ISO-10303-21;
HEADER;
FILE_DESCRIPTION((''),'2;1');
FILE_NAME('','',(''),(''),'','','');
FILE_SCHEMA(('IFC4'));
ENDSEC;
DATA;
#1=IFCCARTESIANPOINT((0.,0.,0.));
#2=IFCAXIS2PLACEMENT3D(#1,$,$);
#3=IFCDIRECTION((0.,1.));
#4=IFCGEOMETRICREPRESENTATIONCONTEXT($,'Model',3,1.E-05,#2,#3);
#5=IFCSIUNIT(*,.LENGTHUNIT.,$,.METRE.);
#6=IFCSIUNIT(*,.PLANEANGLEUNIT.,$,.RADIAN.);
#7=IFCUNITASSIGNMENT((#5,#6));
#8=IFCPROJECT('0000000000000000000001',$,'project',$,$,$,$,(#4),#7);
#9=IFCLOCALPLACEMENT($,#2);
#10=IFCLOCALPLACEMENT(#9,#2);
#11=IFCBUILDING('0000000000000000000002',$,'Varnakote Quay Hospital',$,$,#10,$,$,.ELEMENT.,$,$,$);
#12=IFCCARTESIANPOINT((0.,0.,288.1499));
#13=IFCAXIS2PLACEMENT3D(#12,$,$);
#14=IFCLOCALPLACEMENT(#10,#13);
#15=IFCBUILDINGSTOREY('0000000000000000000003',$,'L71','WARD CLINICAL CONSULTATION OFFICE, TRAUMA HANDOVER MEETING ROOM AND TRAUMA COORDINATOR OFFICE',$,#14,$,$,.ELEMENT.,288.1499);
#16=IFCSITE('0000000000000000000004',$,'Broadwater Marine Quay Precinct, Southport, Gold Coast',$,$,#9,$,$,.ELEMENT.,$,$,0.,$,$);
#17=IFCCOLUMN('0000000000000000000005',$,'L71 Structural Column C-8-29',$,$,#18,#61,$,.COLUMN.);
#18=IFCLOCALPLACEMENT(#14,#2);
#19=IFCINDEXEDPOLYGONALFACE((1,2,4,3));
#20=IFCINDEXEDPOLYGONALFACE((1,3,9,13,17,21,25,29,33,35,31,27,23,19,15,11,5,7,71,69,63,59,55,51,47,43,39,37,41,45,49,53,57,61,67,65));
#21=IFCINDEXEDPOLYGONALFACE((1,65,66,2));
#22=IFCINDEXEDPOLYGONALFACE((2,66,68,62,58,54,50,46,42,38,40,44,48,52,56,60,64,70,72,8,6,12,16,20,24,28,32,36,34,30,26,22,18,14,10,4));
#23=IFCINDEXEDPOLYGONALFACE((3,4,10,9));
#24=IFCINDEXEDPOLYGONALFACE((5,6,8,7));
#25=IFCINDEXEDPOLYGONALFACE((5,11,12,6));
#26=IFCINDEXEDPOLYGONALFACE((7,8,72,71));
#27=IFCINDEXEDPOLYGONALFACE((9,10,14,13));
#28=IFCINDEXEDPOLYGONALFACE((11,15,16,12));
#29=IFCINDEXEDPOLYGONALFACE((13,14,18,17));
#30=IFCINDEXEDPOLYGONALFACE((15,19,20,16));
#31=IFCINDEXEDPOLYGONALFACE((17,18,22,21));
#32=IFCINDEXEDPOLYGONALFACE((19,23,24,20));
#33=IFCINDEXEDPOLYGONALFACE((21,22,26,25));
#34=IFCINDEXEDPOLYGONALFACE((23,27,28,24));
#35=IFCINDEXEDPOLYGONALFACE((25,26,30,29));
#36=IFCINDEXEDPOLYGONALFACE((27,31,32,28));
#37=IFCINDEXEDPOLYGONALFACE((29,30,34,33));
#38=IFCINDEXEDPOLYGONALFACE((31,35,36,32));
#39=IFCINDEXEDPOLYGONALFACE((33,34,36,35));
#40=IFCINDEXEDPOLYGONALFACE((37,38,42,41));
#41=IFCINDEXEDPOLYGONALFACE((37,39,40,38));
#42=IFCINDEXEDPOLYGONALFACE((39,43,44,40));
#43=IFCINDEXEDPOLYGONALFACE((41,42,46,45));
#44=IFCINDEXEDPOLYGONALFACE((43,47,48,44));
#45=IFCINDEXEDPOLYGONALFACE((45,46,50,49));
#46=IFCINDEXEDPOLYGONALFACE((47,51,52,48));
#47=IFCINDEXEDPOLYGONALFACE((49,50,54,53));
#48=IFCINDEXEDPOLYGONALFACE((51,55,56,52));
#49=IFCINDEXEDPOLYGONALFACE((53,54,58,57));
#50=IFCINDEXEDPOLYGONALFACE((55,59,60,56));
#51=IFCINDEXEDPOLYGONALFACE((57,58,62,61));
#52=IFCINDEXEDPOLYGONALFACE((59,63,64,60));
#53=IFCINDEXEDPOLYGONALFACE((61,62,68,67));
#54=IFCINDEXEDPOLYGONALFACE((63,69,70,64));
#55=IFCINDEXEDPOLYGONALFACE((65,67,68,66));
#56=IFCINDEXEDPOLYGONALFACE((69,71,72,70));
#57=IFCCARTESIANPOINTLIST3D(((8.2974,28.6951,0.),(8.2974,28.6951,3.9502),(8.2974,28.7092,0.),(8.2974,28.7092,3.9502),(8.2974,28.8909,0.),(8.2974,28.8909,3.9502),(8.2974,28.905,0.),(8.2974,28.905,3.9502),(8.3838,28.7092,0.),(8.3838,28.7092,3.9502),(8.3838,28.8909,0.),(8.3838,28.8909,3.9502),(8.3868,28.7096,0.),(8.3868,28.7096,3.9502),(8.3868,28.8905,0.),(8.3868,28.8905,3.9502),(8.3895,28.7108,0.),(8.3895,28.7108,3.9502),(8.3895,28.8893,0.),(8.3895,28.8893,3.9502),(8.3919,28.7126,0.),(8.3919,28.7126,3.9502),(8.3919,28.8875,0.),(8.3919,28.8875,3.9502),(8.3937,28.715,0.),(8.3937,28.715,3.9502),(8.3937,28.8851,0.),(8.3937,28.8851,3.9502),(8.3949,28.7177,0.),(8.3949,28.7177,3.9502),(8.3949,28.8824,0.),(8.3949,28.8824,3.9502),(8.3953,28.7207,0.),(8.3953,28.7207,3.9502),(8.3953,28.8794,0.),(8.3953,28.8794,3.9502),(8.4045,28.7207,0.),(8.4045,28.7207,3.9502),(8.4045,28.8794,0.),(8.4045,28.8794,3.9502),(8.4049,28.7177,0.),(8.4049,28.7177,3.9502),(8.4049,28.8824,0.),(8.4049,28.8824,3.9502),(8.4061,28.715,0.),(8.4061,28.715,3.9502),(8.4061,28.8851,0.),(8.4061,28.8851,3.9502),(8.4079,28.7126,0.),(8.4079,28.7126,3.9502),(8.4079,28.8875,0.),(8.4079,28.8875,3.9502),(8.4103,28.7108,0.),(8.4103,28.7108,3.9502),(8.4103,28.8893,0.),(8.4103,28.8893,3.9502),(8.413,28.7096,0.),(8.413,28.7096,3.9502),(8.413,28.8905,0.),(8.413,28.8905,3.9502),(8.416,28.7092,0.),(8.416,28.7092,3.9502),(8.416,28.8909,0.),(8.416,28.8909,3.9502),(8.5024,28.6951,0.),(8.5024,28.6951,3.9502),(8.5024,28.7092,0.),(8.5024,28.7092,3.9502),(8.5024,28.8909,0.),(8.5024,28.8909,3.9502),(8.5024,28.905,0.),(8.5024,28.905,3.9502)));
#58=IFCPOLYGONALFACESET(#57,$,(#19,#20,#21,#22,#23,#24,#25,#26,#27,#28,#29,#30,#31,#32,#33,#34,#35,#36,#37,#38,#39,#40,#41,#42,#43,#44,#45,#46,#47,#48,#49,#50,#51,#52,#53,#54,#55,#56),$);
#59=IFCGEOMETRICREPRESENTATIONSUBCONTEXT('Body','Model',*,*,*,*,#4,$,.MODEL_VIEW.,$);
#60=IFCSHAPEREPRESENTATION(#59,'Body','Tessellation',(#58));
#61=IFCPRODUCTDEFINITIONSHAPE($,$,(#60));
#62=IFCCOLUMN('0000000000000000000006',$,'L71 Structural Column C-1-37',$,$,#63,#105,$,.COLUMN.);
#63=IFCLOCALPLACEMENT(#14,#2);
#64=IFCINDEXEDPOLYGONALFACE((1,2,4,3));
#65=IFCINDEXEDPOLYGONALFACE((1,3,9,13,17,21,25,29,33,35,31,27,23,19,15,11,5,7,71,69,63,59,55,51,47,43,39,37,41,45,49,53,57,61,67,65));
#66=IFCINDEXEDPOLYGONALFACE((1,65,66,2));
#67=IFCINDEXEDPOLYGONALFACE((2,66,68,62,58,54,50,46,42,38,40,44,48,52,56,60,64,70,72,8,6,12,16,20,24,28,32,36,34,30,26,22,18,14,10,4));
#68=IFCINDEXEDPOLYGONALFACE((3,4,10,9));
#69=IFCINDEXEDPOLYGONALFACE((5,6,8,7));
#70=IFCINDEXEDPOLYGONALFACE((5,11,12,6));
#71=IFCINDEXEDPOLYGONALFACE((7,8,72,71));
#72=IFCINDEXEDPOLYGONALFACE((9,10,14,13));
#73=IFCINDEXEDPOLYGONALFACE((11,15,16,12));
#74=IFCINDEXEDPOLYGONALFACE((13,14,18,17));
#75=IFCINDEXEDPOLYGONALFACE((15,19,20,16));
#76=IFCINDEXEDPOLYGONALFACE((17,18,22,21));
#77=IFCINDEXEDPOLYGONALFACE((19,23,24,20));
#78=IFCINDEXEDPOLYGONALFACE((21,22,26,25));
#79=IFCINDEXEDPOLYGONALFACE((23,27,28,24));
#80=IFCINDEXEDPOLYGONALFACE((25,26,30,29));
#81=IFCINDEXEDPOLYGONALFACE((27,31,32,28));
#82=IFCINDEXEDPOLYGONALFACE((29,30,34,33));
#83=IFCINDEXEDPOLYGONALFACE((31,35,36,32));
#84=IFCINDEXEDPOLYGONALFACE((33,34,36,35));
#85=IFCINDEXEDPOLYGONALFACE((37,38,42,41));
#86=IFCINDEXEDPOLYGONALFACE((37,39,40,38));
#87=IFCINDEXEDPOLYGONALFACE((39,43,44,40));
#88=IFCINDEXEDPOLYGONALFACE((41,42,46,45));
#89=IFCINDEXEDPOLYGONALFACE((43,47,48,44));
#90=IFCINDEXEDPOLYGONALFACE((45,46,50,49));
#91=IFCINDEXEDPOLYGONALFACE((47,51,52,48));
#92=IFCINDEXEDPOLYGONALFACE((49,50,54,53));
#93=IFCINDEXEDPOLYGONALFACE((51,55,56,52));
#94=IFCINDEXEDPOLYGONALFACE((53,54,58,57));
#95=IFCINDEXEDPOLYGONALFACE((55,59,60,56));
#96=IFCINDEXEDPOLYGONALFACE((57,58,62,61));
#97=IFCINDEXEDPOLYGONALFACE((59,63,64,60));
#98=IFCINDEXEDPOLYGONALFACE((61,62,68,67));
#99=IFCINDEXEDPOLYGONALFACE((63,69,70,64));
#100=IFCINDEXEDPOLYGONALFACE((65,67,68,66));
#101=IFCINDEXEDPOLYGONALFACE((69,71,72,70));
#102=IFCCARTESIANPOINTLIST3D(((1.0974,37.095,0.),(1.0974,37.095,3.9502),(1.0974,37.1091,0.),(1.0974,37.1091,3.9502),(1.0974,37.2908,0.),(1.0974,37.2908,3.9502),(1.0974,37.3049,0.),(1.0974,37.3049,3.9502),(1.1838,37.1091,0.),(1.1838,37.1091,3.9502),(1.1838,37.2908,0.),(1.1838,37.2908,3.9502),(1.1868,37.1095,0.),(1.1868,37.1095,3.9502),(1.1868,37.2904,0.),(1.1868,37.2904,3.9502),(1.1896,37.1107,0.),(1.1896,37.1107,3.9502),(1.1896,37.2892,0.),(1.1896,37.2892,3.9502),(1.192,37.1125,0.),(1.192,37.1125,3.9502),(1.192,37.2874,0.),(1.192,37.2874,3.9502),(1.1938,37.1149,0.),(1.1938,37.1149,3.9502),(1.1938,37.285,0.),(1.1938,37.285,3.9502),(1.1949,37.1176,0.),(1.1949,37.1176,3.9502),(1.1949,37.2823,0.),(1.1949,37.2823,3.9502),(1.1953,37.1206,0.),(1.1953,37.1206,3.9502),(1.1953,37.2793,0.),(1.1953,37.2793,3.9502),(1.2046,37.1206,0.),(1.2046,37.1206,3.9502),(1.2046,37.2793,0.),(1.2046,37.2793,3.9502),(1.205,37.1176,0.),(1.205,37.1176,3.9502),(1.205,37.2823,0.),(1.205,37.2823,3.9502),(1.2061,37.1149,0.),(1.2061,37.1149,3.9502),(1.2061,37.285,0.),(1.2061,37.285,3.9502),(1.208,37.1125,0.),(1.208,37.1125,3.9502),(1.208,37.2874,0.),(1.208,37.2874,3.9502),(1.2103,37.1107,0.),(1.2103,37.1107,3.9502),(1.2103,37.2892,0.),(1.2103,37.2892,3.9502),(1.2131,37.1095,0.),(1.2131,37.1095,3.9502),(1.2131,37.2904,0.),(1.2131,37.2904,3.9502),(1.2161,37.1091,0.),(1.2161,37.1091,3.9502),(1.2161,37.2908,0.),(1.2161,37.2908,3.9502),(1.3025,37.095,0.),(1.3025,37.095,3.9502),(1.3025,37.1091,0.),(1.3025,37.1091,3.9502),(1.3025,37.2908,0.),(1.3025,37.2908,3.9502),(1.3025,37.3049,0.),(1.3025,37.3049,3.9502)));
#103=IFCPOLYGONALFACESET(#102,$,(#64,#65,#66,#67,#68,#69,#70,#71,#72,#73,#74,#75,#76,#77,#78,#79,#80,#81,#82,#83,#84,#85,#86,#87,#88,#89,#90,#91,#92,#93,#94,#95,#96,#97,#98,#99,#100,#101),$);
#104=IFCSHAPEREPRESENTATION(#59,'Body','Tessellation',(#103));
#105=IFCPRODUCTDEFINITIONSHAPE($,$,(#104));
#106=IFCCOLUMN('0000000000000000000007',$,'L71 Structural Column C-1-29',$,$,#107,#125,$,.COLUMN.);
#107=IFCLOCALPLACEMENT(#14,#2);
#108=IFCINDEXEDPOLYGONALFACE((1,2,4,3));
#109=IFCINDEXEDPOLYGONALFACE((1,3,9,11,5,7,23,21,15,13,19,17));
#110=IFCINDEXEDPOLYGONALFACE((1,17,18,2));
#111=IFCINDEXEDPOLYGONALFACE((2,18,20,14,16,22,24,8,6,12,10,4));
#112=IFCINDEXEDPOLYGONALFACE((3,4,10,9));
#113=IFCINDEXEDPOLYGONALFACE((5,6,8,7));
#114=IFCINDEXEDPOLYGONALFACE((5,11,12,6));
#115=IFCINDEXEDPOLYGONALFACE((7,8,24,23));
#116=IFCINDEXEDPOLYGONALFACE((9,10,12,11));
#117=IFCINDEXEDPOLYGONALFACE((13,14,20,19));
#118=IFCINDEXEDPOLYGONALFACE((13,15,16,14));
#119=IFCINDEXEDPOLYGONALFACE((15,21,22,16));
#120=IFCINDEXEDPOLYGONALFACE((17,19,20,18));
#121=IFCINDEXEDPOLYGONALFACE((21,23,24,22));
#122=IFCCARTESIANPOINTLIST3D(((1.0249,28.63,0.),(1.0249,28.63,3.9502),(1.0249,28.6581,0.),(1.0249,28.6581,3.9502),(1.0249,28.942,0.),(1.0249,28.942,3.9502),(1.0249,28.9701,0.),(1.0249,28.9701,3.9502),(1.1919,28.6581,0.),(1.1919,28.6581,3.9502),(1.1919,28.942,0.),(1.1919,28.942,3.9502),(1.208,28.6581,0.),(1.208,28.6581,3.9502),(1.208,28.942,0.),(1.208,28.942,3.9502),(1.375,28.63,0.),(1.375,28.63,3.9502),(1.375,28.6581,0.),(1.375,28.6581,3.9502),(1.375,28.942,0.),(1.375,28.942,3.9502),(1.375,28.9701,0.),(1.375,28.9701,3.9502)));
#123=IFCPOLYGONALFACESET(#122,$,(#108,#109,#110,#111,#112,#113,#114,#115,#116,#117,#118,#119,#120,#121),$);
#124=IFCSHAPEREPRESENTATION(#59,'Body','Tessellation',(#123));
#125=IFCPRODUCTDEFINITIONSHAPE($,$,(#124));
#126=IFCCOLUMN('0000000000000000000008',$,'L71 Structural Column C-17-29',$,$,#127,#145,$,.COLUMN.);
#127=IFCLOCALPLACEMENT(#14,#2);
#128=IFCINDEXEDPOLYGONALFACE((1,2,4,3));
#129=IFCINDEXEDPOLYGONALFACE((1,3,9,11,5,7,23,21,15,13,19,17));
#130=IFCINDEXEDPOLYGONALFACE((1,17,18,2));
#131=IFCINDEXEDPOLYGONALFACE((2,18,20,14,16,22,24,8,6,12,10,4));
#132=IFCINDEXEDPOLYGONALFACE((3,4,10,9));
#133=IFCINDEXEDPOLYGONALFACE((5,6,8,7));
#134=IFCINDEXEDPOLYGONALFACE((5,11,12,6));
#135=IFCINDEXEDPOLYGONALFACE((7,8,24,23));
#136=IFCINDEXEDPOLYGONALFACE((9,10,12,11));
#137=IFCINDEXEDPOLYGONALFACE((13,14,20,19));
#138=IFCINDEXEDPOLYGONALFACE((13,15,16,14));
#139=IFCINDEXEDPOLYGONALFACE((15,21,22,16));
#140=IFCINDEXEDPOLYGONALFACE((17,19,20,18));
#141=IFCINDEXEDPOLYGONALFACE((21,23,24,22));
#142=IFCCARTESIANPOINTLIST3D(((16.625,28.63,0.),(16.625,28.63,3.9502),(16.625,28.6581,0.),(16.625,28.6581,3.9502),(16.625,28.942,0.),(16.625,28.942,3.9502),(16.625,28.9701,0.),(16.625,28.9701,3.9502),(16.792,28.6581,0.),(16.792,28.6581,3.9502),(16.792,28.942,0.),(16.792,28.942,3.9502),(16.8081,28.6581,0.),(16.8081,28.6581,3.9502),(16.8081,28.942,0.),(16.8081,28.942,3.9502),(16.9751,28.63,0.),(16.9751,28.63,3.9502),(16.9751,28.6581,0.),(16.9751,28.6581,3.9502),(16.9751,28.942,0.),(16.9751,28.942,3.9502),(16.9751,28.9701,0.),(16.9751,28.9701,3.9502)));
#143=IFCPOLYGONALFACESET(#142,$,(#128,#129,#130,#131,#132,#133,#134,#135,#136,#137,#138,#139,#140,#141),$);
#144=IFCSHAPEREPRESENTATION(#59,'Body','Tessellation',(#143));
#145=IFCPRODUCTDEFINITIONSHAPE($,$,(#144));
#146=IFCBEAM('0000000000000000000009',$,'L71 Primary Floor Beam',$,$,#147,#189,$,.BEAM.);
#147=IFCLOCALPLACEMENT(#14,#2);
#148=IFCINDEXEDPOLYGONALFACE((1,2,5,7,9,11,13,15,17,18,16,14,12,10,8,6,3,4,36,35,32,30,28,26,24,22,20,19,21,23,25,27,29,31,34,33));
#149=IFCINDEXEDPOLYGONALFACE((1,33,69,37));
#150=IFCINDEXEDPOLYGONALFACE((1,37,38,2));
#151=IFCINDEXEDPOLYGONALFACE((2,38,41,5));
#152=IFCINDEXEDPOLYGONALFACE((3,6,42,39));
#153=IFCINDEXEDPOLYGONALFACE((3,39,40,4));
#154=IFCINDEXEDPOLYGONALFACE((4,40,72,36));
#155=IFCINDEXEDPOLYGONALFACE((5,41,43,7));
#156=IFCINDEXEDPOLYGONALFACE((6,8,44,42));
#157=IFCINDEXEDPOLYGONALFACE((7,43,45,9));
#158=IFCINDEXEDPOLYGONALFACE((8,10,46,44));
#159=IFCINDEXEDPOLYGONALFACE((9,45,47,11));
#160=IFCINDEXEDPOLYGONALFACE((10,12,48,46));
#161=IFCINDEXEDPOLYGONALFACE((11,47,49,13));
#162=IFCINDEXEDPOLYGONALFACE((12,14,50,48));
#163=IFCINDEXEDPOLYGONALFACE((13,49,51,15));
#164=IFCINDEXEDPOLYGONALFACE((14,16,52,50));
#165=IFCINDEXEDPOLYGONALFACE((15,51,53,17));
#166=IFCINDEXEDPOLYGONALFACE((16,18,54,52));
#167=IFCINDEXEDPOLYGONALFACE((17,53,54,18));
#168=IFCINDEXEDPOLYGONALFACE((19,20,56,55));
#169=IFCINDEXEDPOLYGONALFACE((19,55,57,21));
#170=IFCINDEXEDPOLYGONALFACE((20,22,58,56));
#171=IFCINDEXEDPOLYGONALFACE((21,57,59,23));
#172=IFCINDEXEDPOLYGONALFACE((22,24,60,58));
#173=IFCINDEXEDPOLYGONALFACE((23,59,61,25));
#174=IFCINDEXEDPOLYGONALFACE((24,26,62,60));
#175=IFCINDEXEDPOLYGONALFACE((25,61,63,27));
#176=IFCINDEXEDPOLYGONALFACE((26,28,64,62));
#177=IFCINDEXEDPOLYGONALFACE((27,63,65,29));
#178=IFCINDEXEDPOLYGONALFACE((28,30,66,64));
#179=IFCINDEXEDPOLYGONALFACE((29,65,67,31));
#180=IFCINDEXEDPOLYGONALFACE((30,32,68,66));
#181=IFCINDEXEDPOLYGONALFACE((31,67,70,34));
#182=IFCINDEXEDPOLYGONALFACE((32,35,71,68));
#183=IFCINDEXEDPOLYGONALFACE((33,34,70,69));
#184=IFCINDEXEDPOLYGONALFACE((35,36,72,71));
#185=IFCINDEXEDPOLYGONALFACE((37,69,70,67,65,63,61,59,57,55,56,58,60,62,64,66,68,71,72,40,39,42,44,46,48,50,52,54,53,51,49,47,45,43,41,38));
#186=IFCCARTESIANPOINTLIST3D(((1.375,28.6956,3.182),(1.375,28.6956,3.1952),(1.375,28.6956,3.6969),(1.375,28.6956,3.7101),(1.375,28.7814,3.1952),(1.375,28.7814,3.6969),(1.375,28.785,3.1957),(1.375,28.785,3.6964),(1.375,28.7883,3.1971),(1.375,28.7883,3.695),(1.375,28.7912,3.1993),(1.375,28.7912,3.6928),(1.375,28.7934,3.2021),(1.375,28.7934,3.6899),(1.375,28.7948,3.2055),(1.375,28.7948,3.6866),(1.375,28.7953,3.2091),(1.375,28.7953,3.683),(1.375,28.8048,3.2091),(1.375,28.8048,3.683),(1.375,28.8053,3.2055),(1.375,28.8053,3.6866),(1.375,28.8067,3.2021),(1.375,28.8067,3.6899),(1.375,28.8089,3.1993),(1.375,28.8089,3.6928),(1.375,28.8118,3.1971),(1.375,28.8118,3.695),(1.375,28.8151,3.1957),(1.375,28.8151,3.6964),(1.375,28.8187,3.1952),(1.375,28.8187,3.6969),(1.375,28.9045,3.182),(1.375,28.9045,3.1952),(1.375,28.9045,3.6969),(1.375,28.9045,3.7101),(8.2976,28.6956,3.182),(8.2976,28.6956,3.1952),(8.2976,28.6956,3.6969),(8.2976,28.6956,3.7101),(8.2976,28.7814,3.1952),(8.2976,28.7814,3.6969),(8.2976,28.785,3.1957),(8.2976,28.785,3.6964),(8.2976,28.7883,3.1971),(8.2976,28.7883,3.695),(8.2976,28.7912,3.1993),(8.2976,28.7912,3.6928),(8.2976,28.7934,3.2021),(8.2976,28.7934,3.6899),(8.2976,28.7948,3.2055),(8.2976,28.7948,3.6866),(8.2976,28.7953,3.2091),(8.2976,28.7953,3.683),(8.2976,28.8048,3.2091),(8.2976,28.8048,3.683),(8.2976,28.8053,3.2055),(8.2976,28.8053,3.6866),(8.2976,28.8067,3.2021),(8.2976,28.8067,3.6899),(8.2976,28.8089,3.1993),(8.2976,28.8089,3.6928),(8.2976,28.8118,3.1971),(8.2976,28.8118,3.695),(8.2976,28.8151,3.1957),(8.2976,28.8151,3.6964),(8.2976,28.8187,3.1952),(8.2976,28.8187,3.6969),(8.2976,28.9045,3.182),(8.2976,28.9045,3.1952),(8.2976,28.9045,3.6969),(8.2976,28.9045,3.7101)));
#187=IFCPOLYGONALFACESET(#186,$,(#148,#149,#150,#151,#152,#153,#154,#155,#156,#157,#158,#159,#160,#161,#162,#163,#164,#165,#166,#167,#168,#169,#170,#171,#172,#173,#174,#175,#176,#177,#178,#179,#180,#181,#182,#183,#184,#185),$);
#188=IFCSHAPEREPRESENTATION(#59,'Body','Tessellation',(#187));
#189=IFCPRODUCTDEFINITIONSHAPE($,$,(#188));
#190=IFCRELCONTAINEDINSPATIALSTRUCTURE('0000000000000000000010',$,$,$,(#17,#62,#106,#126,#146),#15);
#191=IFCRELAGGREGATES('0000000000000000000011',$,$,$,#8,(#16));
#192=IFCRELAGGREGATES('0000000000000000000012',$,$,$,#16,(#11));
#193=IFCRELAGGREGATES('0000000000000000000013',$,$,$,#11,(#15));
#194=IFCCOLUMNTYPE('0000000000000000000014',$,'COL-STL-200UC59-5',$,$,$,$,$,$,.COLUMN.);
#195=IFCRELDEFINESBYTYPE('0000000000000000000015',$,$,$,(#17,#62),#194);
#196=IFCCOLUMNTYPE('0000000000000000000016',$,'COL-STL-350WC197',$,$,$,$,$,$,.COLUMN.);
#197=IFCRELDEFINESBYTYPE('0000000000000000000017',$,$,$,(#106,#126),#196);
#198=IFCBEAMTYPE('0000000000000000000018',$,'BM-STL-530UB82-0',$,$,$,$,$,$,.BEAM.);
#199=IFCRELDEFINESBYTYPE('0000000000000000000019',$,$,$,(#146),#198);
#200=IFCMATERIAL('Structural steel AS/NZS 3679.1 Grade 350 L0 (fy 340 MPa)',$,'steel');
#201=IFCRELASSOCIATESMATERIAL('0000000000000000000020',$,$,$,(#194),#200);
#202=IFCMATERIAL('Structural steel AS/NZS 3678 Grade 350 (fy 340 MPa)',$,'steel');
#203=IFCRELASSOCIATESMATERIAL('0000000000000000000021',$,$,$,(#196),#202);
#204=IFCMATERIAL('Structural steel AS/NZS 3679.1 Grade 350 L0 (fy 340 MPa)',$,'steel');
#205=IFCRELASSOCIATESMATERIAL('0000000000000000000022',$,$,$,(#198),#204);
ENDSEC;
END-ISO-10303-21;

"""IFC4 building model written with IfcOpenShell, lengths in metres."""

from ifc_helpers import new_model, si_unit, direction, frame, origin, origin_2d, place, context, subcontext, project, spatial, i_section, extrude, material, material_profile, profile_set, type_object, element, save


model = new_model("IFC4")

# Units and contexts
model_context = context("Model", 3, precision=1e-05, world=origin(), true_north=direction((0.0, 1.0)))
body_context = subcontext(model_context, "Body", "Model", "MODEL_VIEW")
ifc_project = project(units=[si_unit("LENGTHUNIT", "METRE"), si_unit("PLANEANGLEUNIT", "RADIAN")], contexts=[model_context])

# Site, building, storey
site_placement = place(None, origin())
site = spatial("IfcSite", under=ifc_project, at=site_placement, Name="Broadwater Marine Quay Precinct, Southport, Gold Coast", CompositionType="ELEMENT", RefElevation=0.0)
building_placement = place(site_placement, origin())
building = spatial("IfcBuilding", under=site, at=building_placement, Name="Varnakote Quay Hospital", CompositionType="ELEMENT")
storey_placement = place(building_placement, frame((0.0, 0.0, 288.1499)))
storey = spatial("IfcBuildingStorey", under=building, at=storey_placement, Name="L71", Description="WARD CLINICAL CONSULTATION OFFICE, TRAUMA HANDOVER MEETING ROOM AND TRAUMA COORDINATOR OFFICE", CompositionType="ELEMENT", Elevation=288.1499)

# Columns
ifc_material_1 = material(Name="Structural steel AS/NZS 3679.1 Grade 350 L0 (fy 340 MPa)", Category="steel")
ifc_material_profile_1 = material_profile(ifc_material_1, i_section(OverallWidth=0.2051, OverallDepth=0.21, WebThickness=0.0093, FlangeThickness=0.0142, FilletRadius=0.0115, at=origin_2d()), Name="200UC59.5")
ifc_profile_set_1 = profile_set([ifc_material_profile_1], Name="Structural steel AS/NZS 3679.1 Grade 350 L0 (fy 340 MPa)")
column_type_1 = type_object("IfcColumnType", Name="COL-STL-200UC59-5", PredefinedType="COLUMN", material=ifc_profile_set_1)
for number, where, z_axis, x_axis, name in (
    (1, (8.3999, 28.8, 0.0), (0.0, 0.0, 1.0), (1.0, 0.0, 0.0), "L71 Structural Column C-8-29"),
    (2, (1.2, 37.2, 0.0), (0.0, 0.0, 1.0), (1.0, 0.0, 0.0), "L71 Structural Column C-1-37"),
):
    element("IfcColumn", number, at=place(storey_placement, frame(where, z_axis=z_axis, x_axis=x_axis)), inside=storey, type_object=column_type_1, Name=name, PredefinedType="COLUMN", context=body_context, shape_type="SweptSolid", body=[
        extrude(i_section(OverallWidth=0.2051, OverallDepth=0.21, WebThickness=0.0093, FlangeThickness=0.0142, FilletRadius=0.0115, at=origin_2d()), origin(), (0.0, 0.0, 1.0), 3.9502),
    ])
ifc_material_2 = material(Name="Structural steel AS/NZS 3678 Grade 350 (fy 340 MPa)", Category="steel")
ifc_material_profile_2 = material_profile(ifc_material_2, i_section(OverallWidth=0.3501, OverallDepth=0.3401, WebThickness=0.0161, FlangeThickness=0.0281, at=origin_2d()), Name="350WC197")
ifc_profile_set_2 = profile_set([ifc_material_profile_2], Name="Structural steel AS/NZS 3678 Grade 350 (fy 340 MPa)")
column_type_2 = type_object("IfcColumnType", Name="COL-STL-350WC197", PredefinedType="COLUMN", material=ifc_profile_set_2)
for number, where, z_axis, x_axis, name in (
    (3, (1.2, 28.8, 0.0), (0.0, 0.0, 1.0), (1.0, 0.0, 0.0), "L71 Structural Column C-1-29"),
    (4, (16.8, 28.8, 0.0), (0.0, 0.0, 1.0), (1.0, 0.0, 0.0), "L71 Structural Column C-17-29"),
):
    element("IfcColumn", number, at=place(storey_placement, frame(where, z_axis=z_axis, x_axis=x_axis)), inside=storey, type_object=column_type_2, Name=name, PredefinedType="COLUMN", context=body_context, shape_type="SweptSolid", body=[
        extrude(i_section(OverallWidth=0.3501, OverallDepth=0.3401, WebThickness=0.0161, FlangeThickness=0.0281, at=origin_2d()), origin(), (0.0, 0.0, 1.0), 3.9502),
    ])

# Beam
ifc_material_3 = material(Name="Structural steel AS/NZS 3679.1 Grade 350 L0 (fy 340 MPa)", Category="steel")
ifc_material_profile_3 = material_profile(ifc_material_3, i_section(OverallWidth=0.209, OverallDepth=0.5281, WebThickness=0.0095, FlangeThickness=0.0132, FilletRadius=0.0139, at=origin_2d()), Name="530UB82.0")
ifc_profile_set_3 = profile_set([ifc_material_profile_3], Name="Structural steel AS/NZS 3679.1 Grade 350 L0 (fy 340 MPa)")
beam_type_1 = type_object("IfcBeamType", Name="BM-STL-530UB82-0", PredefinedType="BEAM", material=ifc_profile_set_3)
beam_1_placement = place(storey_placement, frame((1.375, 28.8, 3.446), z_axis=(1.0, 0.0, 0.0), x_axis=(0.0, 1.0, 0.0)))
element("IfcBeam", 5, at=beam_1_placement, inside=storey, type_object=beam_type_1, Name="L71 Primary Floor Beam", PredefinedType="BEAM", context=body_context, shape_type="SweptSolid", body=[
    extrude(i_section(OverallWidth=0.209, OverallDepth=0.5281, WebThickness=0.0095, FlangeThickness=0.0132, FilletRadius=0.0139, at=origin_2d()), origin(), (0.0, 0.0, 1.0), 6.9226),
])

save(model, "model.ifc")
